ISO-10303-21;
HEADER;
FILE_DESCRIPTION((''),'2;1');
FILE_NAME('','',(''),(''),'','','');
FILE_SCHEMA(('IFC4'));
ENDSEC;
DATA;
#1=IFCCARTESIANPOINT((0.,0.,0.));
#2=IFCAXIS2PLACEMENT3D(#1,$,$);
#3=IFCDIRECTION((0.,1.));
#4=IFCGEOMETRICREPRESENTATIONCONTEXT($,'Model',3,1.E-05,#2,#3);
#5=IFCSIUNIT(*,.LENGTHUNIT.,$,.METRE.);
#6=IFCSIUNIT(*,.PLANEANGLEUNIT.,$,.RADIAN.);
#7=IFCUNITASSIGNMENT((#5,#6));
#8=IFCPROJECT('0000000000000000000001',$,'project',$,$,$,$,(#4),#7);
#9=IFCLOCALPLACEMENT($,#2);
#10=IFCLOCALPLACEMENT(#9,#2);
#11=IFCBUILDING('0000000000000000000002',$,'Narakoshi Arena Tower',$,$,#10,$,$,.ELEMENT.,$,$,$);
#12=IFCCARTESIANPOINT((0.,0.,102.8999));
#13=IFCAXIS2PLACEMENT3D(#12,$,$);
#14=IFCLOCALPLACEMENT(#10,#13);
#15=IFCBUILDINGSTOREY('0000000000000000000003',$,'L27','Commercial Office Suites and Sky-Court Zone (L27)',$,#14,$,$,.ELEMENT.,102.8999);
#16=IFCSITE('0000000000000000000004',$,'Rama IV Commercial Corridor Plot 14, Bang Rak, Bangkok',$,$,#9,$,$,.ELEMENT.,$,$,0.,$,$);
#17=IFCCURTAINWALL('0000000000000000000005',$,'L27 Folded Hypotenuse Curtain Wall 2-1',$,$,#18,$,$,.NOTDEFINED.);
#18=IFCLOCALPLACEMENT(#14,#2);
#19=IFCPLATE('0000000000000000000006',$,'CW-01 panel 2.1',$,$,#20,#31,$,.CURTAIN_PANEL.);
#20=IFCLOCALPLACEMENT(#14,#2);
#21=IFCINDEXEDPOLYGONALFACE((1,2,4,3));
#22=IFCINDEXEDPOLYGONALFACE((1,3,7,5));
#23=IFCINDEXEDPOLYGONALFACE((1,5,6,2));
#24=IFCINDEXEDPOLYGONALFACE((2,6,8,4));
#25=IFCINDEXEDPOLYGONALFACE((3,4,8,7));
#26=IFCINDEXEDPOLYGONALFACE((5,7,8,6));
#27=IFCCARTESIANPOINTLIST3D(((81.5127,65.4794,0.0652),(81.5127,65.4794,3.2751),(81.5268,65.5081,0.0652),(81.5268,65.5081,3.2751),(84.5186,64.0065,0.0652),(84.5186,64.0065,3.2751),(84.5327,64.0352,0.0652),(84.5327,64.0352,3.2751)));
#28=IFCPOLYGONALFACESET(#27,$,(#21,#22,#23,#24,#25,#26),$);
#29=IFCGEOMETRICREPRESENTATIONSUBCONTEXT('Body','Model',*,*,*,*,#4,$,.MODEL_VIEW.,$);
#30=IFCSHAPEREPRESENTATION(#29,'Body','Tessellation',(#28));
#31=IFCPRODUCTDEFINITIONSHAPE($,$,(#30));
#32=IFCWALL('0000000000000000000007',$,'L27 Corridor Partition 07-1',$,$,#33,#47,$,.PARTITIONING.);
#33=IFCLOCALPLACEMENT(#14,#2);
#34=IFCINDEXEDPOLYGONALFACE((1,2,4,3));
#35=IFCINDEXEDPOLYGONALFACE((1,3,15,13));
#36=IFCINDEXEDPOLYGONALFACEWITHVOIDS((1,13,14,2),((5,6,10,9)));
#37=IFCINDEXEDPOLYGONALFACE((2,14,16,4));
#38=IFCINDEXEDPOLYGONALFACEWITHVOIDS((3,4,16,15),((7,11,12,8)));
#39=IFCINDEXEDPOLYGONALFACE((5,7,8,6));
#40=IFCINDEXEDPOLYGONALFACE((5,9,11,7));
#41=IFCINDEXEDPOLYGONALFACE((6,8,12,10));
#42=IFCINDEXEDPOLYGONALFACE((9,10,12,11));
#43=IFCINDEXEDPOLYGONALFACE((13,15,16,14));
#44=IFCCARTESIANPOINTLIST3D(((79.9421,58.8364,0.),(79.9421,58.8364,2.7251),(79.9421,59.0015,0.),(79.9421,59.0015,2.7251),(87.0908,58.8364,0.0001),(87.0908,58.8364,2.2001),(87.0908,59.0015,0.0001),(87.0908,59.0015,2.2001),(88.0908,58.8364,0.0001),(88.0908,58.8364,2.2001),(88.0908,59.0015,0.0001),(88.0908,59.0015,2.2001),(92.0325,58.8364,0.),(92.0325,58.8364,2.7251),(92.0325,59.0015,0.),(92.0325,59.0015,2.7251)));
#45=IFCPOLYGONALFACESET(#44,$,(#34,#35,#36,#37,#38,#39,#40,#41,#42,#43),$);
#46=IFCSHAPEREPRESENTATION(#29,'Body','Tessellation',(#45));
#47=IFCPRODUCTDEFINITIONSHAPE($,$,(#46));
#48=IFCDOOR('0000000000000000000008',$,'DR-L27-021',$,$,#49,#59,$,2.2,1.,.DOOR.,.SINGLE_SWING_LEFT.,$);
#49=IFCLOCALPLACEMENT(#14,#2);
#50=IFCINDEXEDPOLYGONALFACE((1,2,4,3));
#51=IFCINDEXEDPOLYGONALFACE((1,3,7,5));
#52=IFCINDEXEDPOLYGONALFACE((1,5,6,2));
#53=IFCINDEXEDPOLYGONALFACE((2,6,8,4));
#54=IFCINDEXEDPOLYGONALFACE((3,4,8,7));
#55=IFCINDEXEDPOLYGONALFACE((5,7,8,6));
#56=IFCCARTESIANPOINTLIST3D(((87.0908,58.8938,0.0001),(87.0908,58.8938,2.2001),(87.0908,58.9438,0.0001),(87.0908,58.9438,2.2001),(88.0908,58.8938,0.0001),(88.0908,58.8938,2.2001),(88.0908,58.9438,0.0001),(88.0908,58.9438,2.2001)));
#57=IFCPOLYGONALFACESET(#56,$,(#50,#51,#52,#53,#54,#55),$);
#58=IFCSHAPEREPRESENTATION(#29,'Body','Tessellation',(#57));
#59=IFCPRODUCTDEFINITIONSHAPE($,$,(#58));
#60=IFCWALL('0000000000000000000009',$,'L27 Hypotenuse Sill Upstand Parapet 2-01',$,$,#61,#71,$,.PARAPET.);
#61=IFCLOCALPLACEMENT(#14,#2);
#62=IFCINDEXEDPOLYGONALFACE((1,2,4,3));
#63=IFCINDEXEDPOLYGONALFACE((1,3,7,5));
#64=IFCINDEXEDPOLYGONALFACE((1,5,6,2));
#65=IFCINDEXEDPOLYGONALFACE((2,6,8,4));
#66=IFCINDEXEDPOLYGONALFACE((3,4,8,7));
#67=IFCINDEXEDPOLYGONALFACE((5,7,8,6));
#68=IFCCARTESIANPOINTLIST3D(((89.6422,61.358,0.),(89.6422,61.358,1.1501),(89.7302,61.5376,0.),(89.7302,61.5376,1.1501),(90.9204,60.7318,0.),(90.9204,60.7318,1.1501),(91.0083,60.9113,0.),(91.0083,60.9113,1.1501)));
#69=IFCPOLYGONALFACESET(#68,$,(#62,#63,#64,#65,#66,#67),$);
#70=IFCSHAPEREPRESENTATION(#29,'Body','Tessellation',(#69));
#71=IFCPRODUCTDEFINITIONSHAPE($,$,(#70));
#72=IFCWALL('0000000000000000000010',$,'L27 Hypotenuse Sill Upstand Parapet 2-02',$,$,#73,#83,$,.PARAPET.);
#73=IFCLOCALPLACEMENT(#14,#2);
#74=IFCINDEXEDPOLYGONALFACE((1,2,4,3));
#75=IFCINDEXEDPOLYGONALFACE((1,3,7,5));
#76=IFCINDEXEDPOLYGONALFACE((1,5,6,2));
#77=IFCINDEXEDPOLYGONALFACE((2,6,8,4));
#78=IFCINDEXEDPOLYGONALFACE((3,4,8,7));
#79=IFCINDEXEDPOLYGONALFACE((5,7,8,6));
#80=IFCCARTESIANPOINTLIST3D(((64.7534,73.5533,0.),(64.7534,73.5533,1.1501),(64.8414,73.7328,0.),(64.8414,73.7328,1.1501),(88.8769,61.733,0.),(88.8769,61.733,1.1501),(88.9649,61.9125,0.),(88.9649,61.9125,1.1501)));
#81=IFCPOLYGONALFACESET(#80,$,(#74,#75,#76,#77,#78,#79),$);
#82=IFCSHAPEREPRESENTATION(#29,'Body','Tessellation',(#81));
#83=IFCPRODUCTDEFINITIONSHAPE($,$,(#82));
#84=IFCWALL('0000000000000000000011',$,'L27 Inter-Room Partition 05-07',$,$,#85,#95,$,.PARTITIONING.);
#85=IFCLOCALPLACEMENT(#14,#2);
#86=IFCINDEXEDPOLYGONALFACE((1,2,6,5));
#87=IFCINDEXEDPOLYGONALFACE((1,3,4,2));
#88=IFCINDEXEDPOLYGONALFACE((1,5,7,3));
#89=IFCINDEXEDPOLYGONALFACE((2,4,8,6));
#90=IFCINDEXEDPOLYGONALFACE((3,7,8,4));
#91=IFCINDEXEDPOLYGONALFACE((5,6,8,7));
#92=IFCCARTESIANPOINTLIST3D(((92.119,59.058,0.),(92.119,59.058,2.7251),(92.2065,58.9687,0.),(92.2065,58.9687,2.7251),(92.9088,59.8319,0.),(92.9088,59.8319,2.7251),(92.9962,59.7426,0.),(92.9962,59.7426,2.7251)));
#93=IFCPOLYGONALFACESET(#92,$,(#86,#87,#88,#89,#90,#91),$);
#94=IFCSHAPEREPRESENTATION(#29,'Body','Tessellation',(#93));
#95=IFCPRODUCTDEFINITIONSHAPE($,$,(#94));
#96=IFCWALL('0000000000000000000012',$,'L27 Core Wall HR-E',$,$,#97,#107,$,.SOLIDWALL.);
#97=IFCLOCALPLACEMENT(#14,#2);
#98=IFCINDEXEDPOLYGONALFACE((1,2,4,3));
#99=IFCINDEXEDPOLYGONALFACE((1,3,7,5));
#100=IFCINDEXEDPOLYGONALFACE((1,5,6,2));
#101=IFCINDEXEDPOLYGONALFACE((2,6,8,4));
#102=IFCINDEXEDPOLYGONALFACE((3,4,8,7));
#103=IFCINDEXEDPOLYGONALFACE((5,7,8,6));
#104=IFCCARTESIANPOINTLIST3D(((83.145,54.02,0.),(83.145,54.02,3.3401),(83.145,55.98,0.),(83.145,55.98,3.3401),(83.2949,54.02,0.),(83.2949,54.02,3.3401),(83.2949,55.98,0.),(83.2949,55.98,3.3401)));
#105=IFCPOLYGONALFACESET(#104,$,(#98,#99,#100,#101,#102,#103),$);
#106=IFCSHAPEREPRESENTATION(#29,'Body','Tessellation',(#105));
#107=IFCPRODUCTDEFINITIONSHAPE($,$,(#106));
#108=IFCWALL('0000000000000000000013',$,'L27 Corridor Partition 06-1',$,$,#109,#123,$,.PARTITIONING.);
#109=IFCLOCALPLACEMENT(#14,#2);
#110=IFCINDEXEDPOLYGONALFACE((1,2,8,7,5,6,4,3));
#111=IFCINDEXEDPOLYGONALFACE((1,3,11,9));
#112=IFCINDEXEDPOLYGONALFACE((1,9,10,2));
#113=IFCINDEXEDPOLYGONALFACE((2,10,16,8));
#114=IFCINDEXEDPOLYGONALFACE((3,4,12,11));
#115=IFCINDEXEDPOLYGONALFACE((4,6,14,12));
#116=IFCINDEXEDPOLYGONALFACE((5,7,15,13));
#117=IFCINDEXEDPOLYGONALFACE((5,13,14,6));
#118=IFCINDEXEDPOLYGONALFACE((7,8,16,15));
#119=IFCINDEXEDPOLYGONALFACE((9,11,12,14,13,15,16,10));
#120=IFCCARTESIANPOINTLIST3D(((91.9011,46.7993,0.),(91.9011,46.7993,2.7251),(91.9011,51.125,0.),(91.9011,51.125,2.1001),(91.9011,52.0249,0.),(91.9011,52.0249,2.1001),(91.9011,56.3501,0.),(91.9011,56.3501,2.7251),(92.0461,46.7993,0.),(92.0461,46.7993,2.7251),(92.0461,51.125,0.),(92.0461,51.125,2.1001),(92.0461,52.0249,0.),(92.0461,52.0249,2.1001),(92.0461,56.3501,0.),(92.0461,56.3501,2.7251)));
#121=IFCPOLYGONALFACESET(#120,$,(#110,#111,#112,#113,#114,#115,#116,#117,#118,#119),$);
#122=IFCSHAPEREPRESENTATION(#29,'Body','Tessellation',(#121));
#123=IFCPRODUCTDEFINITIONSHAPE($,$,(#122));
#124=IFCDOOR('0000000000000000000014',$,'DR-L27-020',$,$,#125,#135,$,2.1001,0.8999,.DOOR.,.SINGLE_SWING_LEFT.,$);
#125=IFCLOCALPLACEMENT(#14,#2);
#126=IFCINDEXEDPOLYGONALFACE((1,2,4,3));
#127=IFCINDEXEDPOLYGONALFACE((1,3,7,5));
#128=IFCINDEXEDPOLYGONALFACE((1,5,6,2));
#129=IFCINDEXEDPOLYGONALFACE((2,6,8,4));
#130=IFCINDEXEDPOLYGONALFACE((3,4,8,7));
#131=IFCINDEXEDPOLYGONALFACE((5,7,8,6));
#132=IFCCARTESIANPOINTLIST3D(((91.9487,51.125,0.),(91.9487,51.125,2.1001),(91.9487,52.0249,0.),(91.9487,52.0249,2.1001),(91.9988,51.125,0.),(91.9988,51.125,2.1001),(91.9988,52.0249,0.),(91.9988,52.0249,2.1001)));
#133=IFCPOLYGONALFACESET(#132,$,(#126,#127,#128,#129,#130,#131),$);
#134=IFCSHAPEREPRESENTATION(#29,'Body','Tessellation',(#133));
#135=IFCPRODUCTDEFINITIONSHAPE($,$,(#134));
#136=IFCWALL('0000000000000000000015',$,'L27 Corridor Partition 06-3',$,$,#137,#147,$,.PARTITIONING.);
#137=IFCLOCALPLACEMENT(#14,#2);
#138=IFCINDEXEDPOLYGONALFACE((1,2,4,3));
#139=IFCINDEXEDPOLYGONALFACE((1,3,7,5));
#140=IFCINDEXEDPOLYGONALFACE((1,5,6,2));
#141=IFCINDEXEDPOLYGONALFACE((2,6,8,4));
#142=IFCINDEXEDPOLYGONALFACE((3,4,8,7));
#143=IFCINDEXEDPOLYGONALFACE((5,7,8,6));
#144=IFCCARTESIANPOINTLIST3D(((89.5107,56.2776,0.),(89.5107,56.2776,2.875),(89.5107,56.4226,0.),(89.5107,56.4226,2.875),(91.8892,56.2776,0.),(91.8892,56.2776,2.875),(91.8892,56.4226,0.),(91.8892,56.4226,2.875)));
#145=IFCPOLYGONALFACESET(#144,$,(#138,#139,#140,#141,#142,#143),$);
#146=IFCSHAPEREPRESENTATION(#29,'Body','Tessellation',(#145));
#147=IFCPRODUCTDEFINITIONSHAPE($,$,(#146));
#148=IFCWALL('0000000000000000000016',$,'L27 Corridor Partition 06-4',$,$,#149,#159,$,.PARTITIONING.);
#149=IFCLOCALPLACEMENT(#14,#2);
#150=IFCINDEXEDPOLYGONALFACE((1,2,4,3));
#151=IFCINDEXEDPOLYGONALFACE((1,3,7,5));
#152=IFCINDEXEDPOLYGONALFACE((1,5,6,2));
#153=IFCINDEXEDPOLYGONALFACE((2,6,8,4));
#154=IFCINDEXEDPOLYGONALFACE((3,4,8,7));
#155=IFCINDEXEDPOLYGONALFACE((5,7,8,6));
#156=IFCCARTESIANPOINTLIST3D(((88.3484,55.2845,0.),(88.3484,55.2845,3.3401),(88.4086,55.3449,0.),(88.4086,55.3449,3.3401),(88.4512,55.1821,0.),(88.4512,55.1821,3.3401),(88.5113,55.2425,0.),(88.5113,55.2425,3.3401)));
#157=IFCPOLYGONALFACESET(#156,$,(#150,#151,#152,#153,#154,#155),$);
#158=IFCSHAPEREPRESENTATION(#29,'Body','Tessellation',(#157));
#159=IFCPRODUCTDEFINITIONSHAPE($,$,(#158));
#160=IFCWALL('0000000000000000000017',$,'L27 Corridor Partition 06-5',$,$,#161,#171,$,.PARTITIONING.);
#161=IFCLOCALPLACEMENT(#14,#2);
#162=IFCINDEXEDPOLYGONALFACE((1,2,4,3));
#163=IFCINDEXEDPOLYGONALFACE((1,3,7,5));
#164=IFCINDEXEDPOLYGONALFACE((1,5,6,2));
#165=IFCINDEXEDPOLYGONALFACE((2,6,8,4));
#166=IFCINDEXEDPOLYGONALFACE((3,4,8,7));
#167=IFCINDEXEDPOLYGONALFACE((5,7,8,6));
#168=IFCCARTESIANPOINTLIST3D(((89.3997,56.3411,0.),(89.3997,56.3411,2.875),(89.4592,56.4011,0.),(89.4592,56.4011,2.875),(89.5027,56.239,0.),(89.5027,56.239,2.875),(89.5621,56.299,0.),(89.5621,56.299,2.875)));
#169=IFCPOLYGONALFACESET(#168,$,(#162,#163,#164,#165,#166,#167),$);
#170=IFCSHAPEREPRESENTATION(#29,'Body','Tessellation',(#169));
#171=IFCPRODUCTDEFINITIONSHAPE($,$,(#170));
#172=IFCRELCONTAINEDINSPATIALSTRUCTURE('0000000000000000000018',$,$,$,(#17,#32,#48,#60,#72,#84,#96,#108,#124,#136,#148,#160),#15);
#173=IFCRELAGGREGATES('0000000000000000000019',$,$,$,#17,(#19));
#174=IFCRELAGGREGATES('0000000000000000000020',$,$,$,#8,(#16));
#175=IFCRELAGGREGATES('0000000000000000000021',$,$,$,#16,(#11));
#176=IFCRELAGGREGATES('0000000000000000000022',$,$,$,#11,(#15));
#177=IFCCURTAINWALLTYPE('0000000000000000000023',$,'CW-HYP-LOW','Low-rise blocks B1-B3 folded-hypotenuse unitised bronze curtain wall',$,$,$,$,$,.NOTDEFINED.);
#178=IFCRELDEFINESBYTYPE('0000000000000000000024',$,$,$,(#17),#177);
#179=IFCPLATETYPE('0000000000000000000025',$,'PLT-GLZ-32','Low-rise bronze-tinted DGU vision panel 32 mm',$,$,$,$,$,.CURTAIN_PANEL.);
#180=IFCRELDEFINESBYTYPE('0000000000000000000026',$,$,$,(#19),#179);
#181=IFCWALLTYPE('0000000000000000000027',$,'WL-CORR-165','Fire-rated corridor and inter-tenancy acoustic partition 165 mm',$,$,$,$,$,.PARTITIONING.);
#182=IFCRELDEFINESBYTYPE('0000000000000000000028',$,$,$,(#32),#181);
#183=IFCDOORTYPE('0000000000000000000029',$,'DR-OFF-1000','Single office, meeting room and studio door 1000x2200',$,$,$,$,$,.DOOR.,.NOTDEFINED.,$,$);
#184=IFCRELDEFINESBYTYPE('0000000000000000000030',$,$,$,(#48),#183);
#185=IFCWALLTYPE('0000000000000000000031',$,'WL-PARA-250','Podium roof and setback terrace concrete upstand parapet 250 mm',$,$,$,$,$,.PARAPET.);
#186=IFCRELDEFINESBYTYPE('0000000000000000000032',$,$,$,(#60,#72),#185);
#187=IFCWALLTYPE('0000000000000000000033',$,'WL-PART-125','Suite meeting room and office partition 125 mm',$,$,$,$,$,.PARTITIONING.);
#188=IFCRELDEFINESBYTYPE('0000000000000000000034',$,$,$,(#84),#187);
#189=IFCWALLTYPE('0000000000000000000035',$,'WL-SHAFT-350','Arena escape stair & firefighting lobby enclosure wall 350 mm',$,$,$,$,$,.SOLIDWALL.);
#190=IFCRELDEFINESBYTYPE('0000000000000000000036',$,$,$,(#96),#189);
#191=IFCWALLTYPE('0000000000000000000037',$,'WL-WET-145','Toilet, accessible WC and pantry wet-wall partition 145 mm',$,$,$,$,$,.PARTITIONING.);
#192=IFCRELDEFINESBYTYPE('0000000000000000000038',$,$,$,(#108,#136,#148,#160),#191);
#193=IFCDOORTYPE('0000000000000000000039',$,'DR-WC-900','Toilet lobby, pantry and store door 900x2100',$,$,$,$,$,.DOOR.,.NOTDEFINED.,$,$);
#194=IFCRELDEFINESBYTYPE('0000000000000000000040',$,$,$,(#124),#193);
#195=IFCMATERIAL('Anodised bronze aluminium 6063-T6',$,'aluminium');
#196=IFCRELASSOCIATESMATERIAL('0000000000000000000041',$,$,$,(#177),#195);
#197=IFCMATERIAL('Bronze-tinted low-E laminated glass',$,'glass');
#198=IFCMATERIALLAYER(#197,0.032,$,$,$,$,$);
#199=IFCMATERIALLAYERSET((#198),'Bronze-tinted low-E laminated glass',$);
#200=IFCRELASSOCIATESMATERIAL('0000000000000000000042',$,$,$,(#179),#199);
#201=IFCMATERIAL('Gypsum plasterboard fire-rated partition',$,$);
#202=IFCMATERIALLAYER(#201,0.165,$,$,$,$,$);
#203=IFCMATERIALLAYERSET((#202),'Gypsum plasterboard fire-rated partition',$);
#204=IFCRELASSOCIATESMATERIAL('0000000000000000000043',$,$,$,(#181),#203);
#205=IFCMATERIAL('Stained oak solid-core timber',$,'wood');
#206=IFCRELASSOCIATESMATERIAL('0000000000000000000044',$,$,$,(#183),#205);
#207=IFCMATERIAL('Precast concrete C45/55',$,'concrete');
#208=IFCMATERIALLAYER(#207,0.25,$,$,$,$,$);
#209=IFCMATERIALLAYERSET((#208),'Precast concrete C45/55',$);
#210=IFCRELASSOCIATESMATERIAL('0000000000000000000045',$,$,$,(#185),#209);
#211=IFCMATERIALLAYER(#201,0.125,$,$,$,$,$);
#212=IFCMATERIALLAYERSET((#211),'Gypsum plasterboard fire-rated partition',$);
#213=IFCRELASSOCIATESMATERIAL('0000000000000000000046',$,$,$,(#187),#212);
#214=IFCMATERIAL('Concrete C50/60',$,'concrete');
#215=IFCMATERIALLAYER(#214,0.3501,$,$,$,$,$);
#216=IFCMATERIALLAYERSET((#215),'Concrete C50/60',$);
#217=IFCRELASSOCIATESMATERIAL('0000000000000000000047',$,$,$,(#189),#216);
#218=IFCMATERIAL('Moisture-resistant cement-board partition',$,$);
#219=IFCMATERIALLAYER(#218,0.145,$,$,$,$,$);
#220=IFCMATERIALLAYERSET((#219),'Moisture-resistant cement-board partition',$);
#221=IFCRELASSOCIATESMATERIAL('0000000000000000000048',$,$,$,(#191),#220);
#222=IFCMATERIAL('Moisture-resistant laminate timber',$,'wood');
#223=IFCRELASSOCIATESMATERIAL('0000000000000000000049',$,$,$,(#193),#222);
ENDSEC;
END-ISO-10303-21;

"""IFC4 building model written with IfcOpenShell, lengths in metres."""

from ifc_helpers import new_model, si_unit, direction, frame, frame_2d, origin, origin_2d, place, context, subcontext, project, spatial, rectangle, extrude, material, layer, layer_set, type_object, element, fill, aggregate, save


model = new_model("IFC4")

# Units and contexts
model_context = context("Model", 3, precision=1e-05, world=origin(), true_north=direction((0.0, 1.0)))
body_context = subcontext(model_context, "Body", "Model", "MODEL_VIEW")
ifc_project = project(units=[si_unit("LENGTHUNIT", "METRE"), si_unit("PLANEANGLEUNIT", "RADIAN")], contexts=[model_context])

# Site, building, storey
site_placement = place(None, origin())
site = spatial("IfcSite", under=ifc_project, at=site_placement, Name="Rama IV Commercial Corridor Plot 14, Bang Rak, Bangkok", CompositionType="ELEMENT", RefElevation=0.0)
building_placement = place(site_placement, origin())
building = spatial("IfcBuilding", under=site, at=building_placement, Name="Narakoshi Arena Tower", CompositionType="ELEMENT")
storey_placement = place(building_placement, frame((0.0, 0.0, 102.8999)))
storey = spatial("IfcBuildingStorey", under=building, at=storey_placement, Name="L27", Description="Commercial Office Suites and Sky-Court Zone (L27)", CompositionType="ELEMENT", Elevation=102.8999)

# Curtain wall, plate
ifc_material_1 = material(Name="Anodised bronze aluminium 6063-T6", Category="aluminium")
curtain_wall_type = type_object("IfcCurtainWallType", Name="CW-HYP-LOW", Description="Low-rise blocks B1-B3 folded-hypotenuse unitised bronze curtain wall", PredefinedType="NOTDEFINED", material=ifc_material_1)
curtain_wall_placement = place(storey_placement, origin())
curtain_wall = element("IfcCurtainWall", 1, at=curtain_wall_placement, inside=storey, type_object=curtain_wall_type, Name="L27 Folded Hypotenuse Curtain Wall 2-1", PredefinedType="NOTDEFINED")
ifc_material_2 = material(Name="Bronze-tinted low-E laminated glass", Category="glass")
ifc_layer_1 = layer(ifc_material_2, 0.032)
ifc_layer_set_1 = layer_set([ifc_layer_1], Name="Bronze-tinted low-E laminated glass")
plate_type = type_object("IfcPlateType", Name="PLT-GLZ-32", Description="Low-rise bronze-tinted DGU vision panel 32 mm", PredefinedType="CURTAIN_PANEL", material=ifc_layer_set_1)
plate_1_placement = place(storey_placement, frame((83.0227, 64.7573, 0.0652), z_axis=(0.0, 0.0, 1.0), x_axis=(-0.897996, 0.440005, 0.0)))
plate_1 = element("IfcPlate", 2, at=plate_1_placement, type_object=plate_type, Name="CW-01 panel 2.1", PredefinedType="CURTAIN_PANEL", context=body_context, shape_type="SweptSolid", body=[
    extrude(rectangle(XDim=3.3474, YDim=0.032, at=origin_2d()), origin(), (0.0, 0.0, 1.0), 3.21),
])
aggregate(curtain_wall, [plate_1])

# Wall, opening, door
ifc_material_3 = material(Name="Gypsum plasterboard fire-rated partition")
ifc_layer_2 = layer(ifc_material_3, 0.165)
ifc_layer_set_2 = layer_set([ifc_layer_2], Name="Gypsum plasterboard fire-rated partition")
wall_type_1 = type_object("IfcWallType", Name="WL-CORR-165", Description="Fire-rated corridor and inter-tenancy acoustic partition 165 mm", PredefinedType="PARTITIONING", material=ifc_layer_set_2)
wall_1_placement = place(storey_placement, frame((92.0325, 58.9189, 0.0), z_axis=(0.0, 0.0, 1.0), x_axis=(-1.0, 0.0, 0.0)))
wall_1 = element("IfcWall", 3, at=wall_1_placement, inside=storey, type_object=wall_type_1, Name="L27 Corridor Partition 07-1", PredefinedType="PARTITIONING", context=body_context, shape_type="SweptSolid", body=[
    extrude(rectangle(XDim=12.0903, YDim=0.165, at=frame_2d((6.0452, 0.0))), origin(), (0.0, 0.0, 1.0), 2.7251),
])
opening_1_placement = place(wall_1_placement, frame((3.9417, 0.0, 0.0)))
opening_1 = element("IfcOpeningElement", 4, at=opening_1_placement, cuts=wall_1, PredefinedType="OPENING", context=body_context, shape_type="SweptSolid", body=[
    extrude(rectangle(XDim=1.0, YDim=2.2, at=frame_2d((0.5, 1.1001))), frame((0.0, 0.0925, 0.0), z_axis=(0.0, -1.0, 0.0), x_axis=(1.0, 0.0, 0.0)), (0.0, 0.0, 1.0), 0.1851),
])
ifc_material_4 = material(Name="Stained oak solid-core timber", Category="wood")
door_type_1 = type_object("IfcDoorType", Name="DR-OFF-1000", Description="Single office, meeting room and studio door 1000x2200", OperationType="NOTDEFINED", PredefinedType="DOOR", material=ifc_material_4)
door_1_placement = place(opening_1_placement, frame((1.0, 0.0, 0.0), z_axis=(0.0, 0.0, 1.0), x_axis=(-1.0, 0.0, 0.0)))
door_1 = element("IfcDoor", 5, at=door_1_placement, inside=storey, type_object=door_type_1, Name="DR-L27-021", OperationType="SINGLE_SWING_LEFT", OverallHeight=2.2, OverallWidth=1.0, PredefinedType="DOOR", context=body_context, shape_type="SweptSolid", body=[
    extrude(rectangle(XDim=1.0, YDim=2.2, at=frame_2d((0.5, 1.1001))), frame((0.0, 0.0249, 0.0), z_axis=(0.0, -1.0, 0.0), x_axis=(1.0, 0.0, 0.0)), (0.0, 0.0, 1.0), 0.05),
])
fill(opening_1, door_1)

# Walls
ifc_material_5 = material(Name="Precast concrete C45/55", Category="concrete")
ifc_layer_3 = layer(ifc_material_5, 0.25)
ifc_layer_set_3 = layer_set([ifc_layer_3], Name="Precast concrete C45/55")
wall_type_2 = type_object("IfcWallType", Name="WL-PARA-250", Description="Podium roof and setback terrace concrete upstand parapet 250 mm", PredefinedType="PARAPET", material=ifc_layer_set_3)
wall_2_placement = place(storey_placement, frame((90.9644, 60.8215, 0.0), z_axis=(0.0, 0.0, 1.0), x_axis=(-0.898, 0.439994, 0.0)))
element("IfcWall", 6, at=wall_2_placement, inside=storey, type_object=wall_type_2, Name="L27 Hypotenuse Sill Upstand Parapet 2-01", PredefinedType="PARAPET", context=body_context, shape_type="SweptSolid", body=[
    extrude(rectangle(XDim=1.4233, YDim=0.2, at=frame_2d((0.7117, 0.0))), origin(), (0.0, 0.0, 1.0), 1.1501),
])
wall_3_placement = place(storey_placement, frame((88.9209, 61.8228, 0.0), z_axis=(0.0, 0.0, 1.0), x_axis=(-0.897994, 0.440009, 0.0)))
element("IfcWall", 7, at=wall_3_placement, inside=storey, type_object=wall_type_2, Name="L27 Hypotenuse Sill Upstand Parapet 2-02", PredefinedType="PARAPET", context=body_context, shape_type="SweptSolid", body=[
    extrude(rectangle(XDim=26.8638, YDim=0.2, at=frame_2d((13.4319, 0.0))), origin(), (0.0, 0.0, 1.0), 1.1501),
])
ifc_layer_4 = layer(ifc_material_3, 0.125)
ifc_layer_set_4 = layer_set([ifc_layer_4], Name="Gypsum plasterboard fire-rated partition")
wall_type_3 = type_object("IfcWallType", Name="WL-PART-125", Description="Suite meeting room and office partition 125 mm", PredefinedType="PARTITIONING", material=ifc_layer_set_4)
wall_4_placement = place(storey_placement, frame((92.1628, 59.0134, 0.0), z_axis=(0.0, 0.0, 1.0), x_axis=(0.714246, 0.699895, 0.0)))
element("IfcWall", 8, at=wall_4_placement, inside=storey, type_object=wall_type_3, Name="L27 Inter-Room Partition 05-07", PredefinedType="PARTITIONING", context=body_context, shape_type="SweptSolid", body=[
    extrude(rectangle(XDim=1.1057, YDim=0.125, at=frame_2d((0.5527, 0.0))), origin(), (0.0, 0.0, 1.0), 2.7251),
])
ifc_material_6 = material(Name="Concrete C50/60", Category="concrete")
ifc_layer_5 = layer(ifc_material_6, 0.3501)
ifc_layer_set_5 = layer_set([ifc_layer_5], Name="Concrete C50/60")
wall_type_4 = type_object("IfcWallType", Name="WL-SHAFT-350", Description="Arena escape stair & firefighting lobby enclosure wall 350 mm", PredefinedType="SOLIDWALL", material=ifc_layer_set_5)
wall_5_placement = place(storey_placement, frame((83.22, 54.02, 0.0), z_axis=(0.0, 0.0, 1.0), x_axis=(0.0, 1.0, 0.0)))
element("IfcWall", 9, at=wall_5_placement, inside=storey, type_object=wall_type_4, Name="L27 Core Wall HR-E", PredefinedType="SOLIDWALL", context=body_context, shape_type="SweptSolid", body=[
    extrude(rectangle(XDim=1.96, YDim=0.1499, at=frame_2d((0.98, 0.0))), origin(), (0.0, 0.0, 1.0), 3.3401),
])

# Wall, opening, door
ifc_material_7 = material(Name="Moisture-resistant cement-board partition")
ifc_layer_6 = layer(ifc_material_7, 0.145)
ifc_layer_set_6 = layer_set([ifc_layer_6], Name="Moisture-resistant cement-board partition")
wall_type_5 = type_object("IfcWallType", Name="WL-WET-145", Description="Toilet, accessible WC and pantry wet-wall partition 145 mm", PredefinedType="PARTITIONING", material=ifc_layer_set_6)
wall_6_placement = place(storey_placement, frame((91.9736, 56.3501, 0.0), z_axis=(0.0, 0.0, 1.0), x_axis=(0.0, -1.0, 0.0)))
wall_6 = element("IfcWall", 10, at=wall_6_placement, inside=storey, type_object=wall_type_5, Name="L27 Corridor Partition 06-1", PredefinedType="PARTITIONING", context=body_context, shape_type="SweptSolid", body=[
    extrude(rectangle(XDim=9.5508, YDim=0.145, at=frame_2d((4.7754, 0.0))), origin(), (0.0, 0.0, 1.0), 2.7251),
])
opening_2_placement = place(wall_6_placement, frame((4.3252, 0.0, 0.0)))
opening_2 = element("IfcOpeningElement", 11, at=opening_2_placement, cuts=wall_6, PredefinedType="OPENING", context=body_context, shape_type="SweptSolid", body=[
    extrude(rectangle(XDim=0.8999, YDim=2.1001, at=frame_2d((0.45, 1.05))), frame((0.0, 0.0825, 0.0), z_axis=(0.0, -1.0, 0.0), x_axis=(1.0, 0.0, 0.0)), (0.0, 0.0, 1.0), 0.165),
])
ifc_material_8 = material(Name="Moisture-resistant laminate timber", Category="wood")
door_type_2 = type_object("IfcDoorType", Name="DR-WC-900", Description="Toilet lobby, pantry and store door 900x2100", OperationType="NOTDEFINED", PredefinedType="DOOR", material=ifc_material_8)
door_2_placement = place(opening_2_placement, frame((0.8999, 0.0, 0.0), z_axis=(0.0, 0.0, 1.0), x_axis=(-1.0, 0.0, 0.0)))
door_2 = element("IfcDoor", 12, at=door_2_placement, inside=storey, type_object=door_type_2, Name="DR-L27-020", OperationType="SINGLE_SWING_LEFT", OverallHeight=2.1001, OverallWidth=0.8999, PredefinedType="DOOR", context=body_context, shape_type="SweptSolid", body=[
    extrude(rectangle(XDim=0.8999, YDim=2.1001, at=frame_2d((0.45, 1.05))), frame((0.0, 0.0249, 0.0), z_axis=(0.0, -1.0, 0.0), x_axis=(1.0, 0.0, 0.0)), (0.0, 0.0, 1.0), 0.05),
])
fill(opening_2, door_2)

# Walls
wall_7_placement = place(storey_placement, frame((89.5107, 56.3501, 0.0), z_axis=(0.0, 0.0, 1.0), x_axis=(1.0, 0.0, 0.0)))
element("IfcWall", 13, at=wall_7_placement, inside=storey, type_object=wall_type_5, Name="L27 Corridor Partition 06-3", PredefinedType="PARTITIONING", context=body_context, shape_type="SweptSolid", body=[
    extrude(rectangle(XDim=2.3784, YDim=0.145, at=frame_2d((1.1892, 0.0))), origin(), (0.0, 0.0, 1.0), 2.875),
])
wall_8_placement = place(storey_placement, frame((88.3999, 55.2334, 0.0), z_axis=(0.0, 0.0, 1.0), x_axis=(0.705671, 0.70854, 0.0)))
element("IfcWall", 14, at=wall_8_placement, inside=storey, type_object=wall_type_5, Name="L27 Corridor Partition 06-4", PredefinedType="PARTITIONING", context=body_context, shape_type="SweptSolid", body=[
    extrude(rectangle(XDim=0.0852, YDim=0.145, at=frame_2d((0.0425, 0.0))), origin(), (0.0, 0.0, 1.0), 3.3401),
])
wall_9_placement = place(storey_placement, frame((89.4512, 56.29, 0.0), z_axis=(0.0, 0.0, 1.0), x_axis=(0.704215, 0.709987, 0.0)))
element("IfcWall", 15, at=wall_9_placement, inside=storey, type_object=wall_type_5, Name="L27 Corridor Partition 06-5", PredefinedType="PARTITIONING", context=body_context, shape_type="SweptSolid", body=[
    extrude(rectangle(XDim=0.0845, YDim=0.145, at=frame_2d((0.0422, 0.0))), origin(), (0.0, 0.0, 1.0), 2.875),
])

save(model, "model.ifc")
